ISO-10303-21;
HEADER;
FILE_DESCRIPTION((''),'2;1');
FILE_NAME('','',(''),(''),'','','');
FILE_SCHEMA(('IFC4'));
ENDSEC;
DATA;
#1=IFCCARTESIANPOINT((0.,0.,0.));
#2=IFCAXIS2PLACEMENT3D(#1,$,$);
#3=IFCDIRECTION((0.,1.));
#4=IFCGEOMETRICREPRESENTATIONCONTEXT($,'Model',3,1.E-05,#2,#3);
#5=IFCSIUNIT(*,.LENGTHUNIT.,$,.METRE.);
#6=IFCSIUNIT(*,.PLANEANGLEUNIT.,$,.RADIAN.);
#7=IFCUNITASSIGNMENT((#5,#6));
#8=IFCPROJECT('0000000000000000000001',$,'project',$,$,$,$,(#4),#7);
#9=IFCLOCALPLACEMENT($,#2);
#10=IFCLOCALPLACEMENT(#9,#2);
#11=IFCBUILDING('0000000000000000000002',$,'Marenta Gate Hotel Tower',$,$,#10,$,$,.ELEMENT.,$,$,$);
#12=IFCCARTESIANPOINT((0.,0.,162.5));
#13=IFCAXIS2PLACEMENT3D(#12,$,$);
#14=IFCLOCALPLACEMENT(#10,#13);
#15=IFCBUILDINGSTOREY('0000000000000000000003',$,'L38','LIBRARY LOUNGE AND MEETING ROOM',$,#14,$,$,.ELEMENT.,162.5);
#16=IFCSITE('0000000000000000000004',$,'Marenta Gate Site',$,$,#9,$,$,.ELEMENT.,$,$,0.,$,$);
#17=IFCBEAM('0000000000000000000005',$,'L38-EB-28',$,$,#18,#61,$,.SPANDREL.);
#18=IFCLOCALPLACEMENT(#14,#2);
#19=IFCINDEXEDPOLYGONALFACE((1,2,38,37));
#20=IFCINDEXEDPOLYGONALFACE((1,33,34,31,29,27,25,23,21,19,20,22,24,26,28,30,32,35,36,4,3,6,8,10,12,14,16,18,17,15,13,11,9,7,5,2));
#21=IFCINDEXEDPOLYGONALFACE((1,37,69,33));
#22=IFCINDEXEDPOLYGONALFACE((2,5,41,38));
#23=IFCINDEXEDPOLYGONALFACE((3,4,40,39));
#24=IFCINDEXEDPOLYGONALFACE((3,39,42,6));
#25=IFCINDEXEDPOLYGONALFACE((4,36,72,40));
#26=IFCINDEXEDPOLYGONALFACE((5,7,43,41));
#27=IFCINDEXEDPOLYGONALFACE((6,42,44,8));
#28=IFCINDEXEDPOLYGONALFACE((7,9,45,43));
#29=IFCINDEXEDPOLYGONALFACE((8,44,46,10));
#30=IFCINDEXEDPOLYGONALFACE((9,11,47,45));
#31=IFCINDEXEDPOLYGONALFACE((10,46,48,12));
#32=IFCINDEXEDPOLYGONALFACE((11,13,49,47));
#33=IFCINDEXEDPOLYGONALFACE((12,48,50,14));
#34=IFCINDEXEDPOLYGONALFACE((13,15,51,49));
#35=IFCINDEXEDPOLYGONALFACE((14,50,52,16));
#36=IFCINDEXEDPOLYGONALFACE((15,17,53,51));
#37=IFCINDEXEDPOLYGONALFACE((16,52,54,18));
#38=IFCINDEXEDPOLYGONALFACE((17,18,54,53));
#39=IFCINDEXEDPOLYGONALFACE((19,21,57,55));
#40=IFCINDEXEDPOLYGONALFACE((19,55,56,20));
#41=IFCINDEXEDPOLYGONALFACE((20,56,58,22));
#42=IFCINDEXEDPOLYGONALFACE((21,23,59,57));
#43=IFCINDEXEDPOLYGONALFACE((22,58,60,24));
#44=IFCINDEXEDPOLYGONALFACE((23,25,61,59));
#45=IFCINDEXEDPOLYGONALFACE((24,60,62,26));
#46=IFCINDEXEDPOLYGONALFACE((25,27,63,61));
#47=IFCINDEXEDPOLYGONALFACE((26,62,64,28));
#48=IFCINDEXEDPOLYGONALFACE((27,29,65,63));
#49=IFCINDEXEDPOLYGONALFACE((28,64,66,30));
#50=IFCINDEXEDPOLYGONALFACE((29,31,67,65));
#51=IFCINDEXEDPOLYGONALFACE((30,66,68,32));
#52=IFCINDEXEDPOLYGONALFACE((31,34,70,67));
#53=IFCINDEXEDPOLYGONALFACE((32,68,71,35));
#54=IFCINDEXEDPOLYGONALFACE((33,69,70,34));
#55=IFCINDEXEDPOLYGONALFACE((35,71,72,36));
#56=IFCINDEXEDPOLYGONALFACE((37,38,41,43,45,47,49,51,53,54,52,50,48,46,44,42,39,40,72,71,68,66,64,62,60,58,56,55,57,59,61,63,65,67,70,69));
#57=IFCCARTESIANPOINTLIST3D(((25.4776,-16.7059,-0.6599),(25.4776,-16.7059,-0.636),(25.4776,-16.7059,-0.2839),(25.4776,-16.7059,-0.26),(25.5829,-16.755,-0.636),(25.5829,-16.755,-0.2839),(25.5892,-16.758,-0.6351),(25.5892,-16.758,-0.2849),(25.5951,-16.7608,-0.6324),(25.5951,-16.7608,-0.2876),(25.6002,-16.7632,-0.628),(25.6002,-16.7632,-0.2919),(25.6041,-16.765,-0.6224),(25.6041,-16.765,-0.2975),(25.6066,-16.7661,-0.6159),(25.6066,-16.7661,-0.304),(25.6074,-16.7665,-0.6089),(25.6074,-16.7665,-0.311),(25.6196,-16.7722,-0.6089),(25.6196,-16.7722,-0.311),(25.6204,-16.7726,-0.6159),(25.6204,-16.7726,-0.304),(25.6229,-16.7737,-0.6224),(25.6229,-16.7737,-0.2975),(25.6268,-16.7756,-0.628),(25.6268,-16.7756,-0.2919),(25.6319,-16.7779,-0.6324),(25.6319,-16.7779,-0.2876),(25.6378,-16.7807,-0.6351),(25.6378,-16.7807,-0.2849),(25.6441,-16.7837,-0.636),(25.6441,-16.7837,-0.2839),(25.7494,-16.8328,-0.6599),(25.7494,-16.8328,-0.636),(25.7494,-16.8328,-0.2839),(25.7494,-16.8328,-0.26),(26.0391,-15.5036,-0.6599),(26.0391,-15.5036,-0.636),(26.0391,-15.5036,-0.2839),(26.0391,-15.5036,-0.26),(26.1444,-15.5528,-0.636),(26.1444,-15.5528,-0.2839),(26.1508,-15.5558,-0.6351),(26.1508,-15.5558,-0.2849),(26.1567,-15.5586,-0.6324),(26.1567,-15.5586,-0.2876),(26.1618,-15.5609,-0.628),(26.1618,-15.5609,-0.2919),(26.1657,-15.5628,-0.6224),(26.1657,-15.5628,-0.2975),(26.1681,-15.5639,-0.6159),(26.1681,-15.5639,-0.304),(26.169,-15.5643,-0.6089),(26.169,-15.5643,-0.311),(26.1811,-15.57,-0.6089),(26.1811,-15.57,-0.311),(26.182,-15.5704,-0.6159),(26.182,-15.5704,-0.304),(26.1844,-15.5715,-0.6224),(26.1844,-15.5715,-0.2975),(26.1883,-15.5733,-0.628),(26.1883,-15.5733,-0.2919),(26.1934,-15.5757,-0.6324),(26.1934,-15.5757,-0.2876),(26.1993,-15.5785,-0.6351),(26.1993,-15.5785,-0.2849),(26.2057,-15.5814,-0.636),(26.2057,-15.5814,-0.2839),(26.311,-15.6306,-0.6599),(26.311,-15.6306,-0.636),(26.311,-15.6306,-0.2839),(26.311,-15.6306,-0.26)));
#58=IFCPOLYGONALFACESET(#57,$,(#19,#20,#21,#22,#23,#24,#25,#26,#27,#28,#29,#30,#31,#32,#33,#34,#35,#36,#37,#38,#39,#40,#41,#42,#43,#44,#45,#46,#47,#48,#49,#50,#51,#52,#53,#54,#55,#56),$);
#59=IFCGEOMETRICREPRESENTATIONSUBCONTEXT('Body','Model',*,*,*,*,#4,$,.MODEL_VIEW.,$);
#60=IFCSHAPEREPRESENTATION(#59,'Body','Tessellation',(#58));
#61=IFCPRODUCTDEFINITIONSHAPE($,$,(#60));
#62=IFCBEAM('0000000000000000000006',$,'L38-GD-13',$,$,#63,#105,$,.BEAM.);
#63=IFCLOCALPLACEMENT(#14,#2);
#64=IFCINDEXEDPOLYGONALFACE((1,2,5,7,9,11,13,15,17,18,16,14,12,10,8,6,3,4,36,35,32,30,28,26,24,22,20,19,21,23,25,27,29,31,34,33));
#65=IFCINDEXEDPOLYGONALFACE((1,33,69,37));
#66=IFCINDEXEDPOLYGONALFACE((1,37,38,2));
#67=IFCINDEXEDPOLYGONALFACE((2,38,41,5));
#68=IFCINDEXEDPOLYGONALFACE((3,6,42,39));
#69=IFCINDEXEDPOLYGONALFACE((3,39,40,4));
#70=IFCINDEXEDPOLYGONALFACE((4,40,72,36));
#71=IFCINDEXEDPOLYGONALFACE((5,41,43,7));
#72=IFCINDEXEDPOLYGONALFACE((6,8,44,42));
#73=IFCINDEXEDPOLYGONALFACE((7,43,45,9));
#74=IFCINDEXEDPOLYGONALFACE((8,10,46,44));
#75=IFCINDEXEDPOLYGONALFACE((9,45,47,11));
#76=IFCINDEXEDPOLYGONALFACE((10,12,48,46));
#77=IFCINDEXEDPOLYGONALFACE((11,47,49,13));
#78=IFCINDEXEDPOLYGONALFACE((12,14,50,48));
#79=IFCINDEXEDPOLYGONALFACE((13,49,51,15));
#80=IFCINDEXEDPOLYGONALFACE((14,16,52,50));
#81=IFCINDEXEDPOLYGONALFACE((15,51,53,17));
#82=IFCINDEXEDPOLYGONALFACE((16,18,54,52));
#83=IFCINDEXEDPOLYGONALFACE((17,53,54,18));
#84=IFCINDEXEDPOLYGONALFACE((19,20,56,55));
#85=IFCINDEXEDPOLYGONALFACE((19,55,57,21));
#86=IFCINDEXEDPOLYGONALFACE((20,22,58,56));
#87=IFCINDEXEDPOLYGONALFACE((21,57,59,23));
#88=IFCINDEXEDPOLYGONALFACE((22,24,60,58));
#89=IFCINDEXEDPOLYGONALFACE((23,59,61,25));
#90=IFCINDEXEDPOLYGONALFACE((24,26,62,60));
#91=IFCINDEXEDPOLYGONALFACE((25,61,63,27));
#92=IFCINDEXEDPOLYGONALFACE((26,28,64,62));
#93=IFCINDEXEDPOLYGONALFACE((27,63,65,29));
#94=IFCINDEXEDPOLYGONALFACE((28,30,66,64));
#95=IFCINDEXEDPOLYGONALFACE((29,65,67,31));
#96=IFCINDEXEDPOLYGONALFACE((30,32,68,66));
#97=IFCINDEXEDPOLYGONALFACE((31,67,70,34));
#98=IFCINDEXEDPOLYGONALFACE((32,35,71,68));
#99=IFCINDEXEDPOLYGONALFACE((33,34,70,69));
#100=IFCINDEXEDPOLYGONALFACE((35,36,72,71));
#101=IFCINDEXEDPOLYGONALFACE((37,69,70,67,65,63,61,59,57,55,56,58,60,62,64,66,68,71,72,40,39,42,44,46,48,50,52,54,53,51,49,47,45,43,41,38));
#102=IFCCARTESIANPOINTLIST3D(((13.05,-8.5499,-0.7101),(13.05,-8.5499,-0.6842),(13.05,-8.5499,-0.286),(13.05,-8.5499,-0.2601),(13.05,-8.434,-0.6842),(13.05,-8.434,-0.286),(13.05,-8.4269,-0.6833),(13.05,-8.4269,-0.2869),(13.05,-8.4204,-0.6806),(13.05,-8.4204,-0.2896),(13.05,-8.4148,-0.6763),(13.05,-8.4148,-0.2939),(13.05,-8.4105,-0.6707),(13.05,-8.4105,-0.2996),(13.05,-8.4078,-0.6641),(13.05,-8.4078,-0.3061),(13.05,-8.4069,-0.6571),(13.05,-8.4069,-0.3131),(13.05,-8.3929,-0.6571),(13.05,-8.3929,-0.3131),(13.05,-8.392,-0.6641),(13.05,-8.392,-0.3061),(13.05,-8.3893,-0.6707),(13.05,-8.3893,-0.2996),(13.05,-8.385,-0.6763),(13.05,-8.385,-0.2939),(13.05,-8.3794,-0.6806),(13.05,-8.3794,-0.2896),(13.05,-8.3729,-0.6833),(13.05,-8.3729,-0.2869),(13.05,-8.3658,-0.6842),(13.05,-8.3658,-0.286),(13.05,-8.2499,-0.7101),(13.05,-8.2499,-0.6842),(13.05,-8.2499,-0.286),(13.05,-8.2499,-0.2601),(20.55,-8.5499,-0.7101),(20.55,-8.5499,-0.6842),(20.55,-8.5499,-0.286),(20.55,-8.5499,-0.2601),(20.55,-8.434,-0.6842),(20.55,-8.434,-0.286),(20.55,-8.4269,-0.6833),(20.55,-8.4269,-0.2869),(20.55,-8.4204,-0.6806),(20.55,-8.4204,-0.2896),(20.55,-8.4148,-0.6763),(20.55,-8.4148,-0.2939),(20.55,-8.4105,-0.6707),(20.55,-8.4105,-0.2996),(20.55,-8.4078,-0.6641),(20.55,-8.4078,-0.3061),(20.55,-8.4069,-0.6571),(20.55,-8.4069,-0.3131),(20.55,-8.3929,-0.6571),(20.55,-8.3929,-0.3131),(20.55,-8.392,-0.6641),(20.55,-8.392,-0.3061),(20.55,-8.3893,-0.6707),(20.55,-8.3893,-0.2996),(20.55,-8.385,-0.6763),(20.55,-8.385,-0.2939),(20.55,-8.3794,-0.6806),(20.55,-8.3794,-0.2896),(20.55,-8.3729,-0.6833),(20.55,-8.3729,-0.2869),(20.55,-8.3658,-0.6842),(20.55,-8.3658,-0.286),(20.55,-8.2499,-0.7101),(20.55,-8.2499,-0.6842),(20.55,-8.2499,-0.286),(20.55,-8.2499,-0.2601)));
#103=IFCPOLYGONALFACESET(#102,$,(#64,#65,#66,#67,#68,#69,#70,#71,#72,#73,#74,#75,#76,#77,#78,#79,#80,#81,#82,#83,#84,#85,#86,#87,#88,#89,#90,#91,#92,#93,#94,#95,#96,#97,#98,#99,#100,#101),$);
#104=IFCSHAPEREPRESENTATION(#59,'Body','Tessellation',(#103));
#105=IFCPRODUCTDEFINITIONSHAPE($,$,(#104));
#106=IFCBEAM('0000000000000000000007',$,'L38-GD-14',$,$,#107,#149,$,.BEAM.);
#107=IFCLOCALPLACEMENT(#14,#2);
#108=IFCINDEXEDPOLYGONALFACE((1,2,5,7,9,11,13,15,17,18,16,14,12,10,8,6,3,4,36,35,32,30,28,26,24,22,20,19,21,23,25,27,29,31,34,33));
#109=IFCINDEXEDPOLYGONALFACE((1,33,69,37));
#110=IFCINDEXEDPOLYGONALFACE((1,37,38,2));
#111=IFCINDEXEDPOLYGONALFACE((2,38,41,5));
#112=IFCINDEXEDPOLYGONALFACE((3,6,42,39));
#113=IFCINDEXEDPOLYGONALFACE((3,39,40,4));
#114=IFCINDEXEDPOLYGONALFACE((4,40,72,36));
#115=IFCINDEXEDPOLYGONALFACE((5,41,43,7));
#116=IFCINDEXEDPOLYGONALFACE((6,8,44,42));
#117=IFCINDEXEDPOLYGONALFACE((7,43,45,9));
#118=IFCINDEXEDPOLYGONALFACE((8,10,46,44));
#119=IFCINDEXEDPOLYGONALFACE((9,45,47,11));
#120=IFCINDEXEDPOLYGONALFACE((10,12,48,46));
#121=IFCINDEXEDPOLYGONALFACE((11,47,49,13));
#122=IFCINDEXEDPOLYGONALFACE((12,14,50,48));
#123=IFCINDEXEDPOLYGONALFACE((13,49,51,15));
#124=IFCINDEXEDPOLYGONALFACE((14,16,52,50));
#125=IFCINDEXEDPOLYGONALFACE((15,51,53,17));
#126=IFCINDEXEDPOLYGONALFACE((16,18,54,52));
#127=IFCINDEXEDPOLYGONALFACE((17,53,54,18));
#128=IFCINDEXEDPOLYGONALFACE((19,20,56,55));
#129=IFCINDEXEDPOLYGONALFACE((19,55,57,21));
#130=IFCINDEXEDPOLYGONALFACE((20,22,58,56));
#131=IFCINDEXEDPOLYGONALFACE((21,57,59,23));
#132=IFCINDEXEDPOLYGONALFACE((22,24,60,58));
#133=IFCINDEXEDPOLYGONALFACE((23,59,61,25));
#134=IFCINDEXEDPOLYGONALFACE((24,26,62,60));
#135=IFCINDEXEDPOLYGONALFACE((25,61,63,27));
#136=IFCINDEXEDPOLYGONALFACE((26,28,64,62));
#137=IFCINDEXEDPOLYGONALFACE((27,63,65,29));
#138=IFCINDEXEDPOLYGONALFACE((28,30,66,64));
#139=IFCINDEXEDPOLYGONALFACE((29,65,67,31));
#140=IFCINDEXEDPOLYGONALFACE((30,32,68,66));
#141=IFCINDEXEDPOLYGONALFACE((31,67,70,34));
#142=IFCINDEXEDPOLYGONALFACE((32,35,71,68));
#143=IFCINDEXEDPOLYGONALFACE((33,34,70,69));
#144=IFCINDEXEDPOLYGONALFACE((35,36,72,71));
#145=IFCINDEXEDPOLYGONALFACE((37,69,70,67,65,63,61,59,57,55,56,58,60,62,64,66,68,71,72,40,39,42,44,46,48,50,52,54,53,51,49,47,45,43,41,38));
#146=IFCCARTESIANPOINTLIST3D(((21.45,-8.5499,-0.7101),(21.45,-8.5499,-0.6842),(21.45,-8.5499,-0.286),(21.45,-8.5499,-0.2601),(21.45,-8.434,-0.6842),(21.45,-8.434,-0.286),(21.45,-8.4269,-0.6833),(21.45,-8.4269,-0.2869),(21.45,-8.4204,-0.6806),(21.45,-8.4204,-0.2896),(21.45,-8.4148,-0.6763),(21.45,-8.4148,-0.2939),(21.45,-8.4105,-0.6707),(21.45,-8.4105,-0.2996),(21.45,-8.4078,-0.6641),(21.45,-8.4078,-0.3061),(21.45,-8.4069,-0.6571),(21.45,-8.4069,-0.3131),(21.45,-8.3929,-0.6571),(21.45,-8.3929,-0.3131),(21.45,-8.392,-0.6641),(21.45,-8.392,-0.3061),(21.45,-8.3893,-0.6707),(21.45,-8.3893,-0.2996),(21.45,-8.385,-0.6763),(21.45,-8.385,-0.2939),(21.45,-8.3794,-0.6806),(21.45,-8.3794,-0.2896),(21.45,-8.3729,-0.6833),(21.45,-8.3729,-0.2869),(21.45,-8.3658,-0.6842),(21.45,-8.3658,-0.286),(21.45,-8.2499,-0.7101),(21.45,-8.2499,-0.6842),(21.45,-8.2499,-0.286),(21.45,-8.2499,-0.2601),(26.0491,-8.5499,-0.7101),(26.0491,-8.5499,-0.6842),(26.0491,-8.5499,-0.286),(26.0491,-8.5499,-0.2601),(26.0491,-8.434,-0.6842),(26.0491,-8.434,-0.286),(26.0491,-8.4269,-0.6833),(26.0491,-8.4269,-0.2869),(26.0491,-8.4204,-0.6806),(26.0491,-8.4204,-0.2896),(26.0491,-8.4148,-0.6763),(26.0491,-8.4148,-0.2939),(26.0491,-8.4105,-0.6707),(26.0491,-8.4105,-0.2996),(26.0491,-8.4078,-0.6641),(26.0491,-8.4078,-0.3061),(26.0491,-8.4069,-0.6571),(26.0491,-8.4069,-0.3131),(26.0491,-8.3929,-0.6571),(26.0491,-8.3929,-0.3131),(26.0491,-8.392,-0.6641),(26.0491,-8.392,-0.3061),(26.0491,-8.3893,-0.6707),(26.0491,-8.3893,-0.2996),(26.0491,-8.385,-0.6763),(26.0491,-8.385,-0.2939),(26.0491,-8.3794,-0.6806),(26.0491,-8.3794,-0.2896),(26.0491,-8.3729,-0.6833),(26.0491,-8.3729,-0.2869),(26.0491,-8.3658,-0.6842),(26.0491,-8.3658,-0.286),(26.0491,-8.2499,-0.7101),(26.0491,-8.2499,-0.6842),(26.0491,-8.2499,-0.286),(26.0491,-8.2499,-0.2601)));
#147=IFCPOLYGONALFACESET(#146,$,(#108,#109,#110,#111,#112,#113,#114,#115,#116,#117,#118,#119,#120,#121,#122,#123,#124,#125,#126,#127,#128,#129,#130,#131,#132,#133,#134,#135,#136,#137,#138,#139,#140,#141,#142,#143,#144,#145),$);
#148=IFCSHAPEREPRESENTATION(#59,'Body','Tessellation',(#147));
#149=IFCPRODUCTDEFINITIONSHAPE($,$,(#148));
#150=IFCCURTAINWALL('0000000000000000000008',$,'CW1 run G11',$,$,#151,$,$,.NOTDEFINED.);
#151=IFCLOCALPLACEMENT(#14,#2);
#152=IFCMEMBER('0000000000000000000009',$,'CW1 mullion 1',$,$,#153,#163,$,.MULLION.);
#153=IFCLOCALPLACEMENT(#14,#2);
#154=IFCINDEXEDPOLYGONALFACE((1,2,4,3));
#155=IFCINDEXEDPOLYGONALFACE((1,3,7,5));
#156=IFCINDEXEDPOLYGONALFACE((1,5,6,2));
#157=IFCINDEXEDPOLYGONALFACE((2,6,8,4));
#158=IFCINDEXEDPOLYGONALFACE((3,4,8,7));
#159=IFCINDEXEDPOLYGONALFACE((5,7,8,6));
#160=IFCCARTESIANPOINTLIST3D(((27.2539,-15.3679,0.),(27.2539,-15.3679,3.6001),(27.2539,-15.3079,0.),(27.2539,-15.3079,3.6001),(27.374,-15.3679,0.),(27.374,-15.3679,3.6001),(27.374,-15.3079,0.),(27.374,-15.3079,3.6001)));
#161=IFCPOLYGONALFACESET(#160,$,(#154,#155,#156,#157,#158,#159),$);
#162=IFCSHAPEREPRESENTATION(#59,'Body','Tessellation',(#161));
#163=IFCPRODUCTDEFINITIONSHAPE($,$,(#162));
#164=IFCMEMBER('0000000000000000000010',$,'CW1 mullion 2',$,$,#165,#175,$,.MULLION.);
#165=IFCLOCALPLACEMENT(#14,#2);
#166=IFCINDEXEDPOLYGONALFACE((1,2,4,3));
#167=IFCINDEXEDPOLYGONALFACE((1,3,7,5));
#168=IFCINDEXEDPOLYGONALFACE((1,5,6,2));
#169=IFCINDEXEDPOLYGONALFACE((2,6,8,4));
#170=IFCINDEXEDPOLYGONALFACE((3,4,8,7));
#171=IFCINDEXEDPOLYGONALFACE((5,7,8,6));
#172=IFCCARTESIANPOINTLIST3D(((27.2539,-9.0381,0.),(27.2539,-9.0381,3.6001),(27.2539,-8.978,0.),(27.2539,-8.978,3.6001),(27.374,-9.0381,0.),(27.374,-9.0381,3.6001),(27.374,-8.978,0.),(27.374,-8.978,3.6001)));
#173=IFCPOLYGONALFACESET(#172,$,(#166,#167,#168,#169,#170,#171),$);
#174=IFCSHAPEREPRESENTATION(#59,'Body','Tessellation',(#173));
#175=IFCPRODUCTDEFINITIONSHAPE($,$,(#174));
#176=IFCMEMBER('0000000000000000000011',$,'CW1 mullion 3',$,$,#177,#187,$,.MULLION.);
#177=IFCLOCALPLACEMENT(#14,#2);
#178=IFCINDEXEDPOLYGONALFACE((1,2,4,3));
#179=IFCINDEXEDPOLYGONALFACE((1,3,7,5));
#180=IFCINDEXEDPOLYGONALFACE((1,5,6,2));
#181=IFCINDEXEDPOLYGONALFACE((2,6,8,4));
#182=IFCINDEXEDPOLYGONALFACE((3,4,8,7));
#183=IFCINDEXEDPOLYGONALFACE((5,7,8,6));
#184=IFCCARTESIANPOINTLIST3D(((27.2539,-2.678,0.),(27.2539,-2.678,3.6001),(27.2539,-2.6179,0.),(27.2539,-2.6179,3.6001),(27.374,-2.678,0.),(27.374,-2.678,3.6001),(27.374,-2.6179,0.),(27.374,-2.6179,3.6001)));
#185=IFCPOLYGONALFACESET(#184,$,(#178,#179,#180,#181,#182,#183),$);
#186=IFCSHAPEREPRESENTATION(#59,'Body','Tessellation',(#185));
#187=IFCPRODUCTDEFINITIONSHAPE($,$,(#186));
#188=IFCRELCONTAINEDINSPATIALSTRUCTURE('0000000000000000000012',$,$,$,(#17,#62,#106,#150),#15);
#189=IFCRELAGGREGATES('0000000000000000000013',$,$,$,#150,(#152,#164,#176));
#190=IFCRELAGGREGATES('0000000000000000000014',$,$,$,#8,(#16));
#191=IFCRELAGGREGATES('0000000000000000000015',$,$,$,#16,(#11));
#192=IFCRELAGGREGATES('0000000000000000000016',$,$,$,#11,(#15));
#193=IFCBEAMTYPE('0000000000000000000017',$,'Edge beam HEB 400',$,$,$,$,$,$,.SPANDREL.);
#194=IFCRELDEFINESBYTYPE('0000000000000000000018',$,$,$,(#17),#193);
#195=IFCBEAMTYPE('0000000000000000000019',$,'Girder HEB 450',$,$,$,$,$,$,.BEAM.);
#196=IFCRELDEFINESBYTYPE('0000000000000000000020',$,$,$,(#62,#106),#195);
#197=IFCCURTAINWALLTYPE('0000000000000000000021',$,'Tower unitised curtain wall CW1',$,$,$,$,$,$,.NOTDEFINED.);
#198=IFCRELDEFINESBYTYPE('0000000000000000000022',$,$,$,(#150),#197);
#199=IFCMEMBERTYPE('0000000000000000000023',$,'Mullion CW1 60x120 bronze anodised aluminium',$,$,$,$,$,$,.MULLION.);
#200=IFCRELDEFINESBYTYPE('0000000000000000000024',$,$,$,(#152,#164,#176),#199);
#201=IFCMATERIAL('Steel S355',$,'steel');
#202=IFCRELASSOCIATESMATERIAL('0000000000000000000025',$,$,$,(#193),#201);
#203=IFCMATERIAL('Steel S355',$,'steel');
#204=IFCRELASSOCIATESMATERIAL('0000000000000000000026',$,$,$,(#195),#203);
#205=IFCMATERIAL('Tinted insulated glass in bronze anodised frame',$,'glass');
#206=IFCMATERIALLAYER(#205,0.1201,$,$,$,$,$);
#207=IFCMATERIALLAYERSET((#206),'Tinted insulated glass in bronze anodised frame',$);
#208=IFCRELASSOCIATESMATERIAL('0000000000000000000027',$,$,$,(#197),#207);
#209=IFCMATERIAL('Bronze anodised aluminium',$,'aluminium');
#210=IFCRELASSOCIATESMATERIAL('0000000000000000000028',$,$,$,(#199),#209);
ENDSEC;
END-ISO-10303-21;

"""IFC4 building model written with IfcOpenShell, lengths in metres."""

from ifc_helpers import new_model, si_unit, direction, frame, origin, origin_2d, place, context, subcontext, project, spatial, rectangle, i_section, extrude, material, layer, layer_set, material_profile, profile_set, type_object, element, aggregate, save


model = new_model("IFC4")

# Units and contexts
model_context = context("Model", 3, precision=1e-05, world=origin(), true_north=direction((0.0, 1.0)))
body_context = subcontext(model_context, "Body", "Model", "MODEL_VIEW")
ifc_project = project(units=[si_unit("LENGTHUNIT", "METRE"), si_unit("PLANEANGLEUNIT", "RADIAN")], contexts=[model_context])

# Site, building, storey
site_placement = place(None, origin())
site = spatial("IfcSite", under=ifc_project, at=site_placement, Name="Marenta Gate Site", CompositionType="ELEMENT", RefElevation=0.0)
building_placement = place(site_placement, origin())
building = spatial("IfcBuilding", under=site, at=building_placement, Name="Marenta Gate Hotel Tower", CompositionType="ELEMENT")
storey_placement = place(building_placement, frame((0.0, 0.0, 162.5)))
storey = spatial("IfcBuildingStorey", under=building, at=storey_placement, Name="L38", Description="LIBRARY LOUNGE AND MEETING ROOM", CompositionType="ELEMENT", Elevation=162.5)

# Beams
ifc_material_1 = material(Name="Steel S355", Category="steel")
ifc_material_profile_1 = material_profile(ifc_material_1, i_section(OverallWidth=0.3, OverallDepth=0.3999, WebThickness=0.0134, FlangeThickness=0.0239, FilletRadius=0.0271, at=origin_2d()), Name="HEB 400")
ifc_profile_set_1 = profile_set([ifc_material_profile_1], Name="Steel S355")
beam_type_1 = type_object("IfcBeamType", Name="Edge beam HEB 400", PredefinedType="SPANDREL", material=ifc_profile_set_1)
beam_1_placement = place(storey_placement, frame((26.175, -15.5671, -0.46), z_axis=(-0.423208, -0.906033, 0.0), x_axis=(0.906033, -0.423208, 0.0)))
element("IfcBeam", 1, at=beam_1_placement, inside=storey, type_object=beam_type_1, Name="L38-EB-28", PredefinedType="SPANDREL", context=body_context, shape_type="SweptSolid", body=[
    extrude(i_section(OverallWidth=0.3, OverallDepth=0.3999, WebThickness=0.0134, FlangeThickness=0.0239, FilletRadius=0.0271, at=origin_2d()), origin(), (0.0, 0.0, 1.0), 1.3269),
])
ifc_material_2 = material(Name="Steel S355", Category="steel")
ifc_material_profile_2 = material_profile(ifc_material_2, i_section(OverallWidth=0.3, OverallDepth=0.45, WebThickness=0.0139, FlangeThickness=0.0259, FilletRadius=0.0271, at=origin_2d()), Name="HEB 450")
ifc_profile_set_2 = profile_set([ifc_material_profile_2], Name="Steel S355")
beam_type_2 = type_object("IfcBeamType", Name="Girder HEB 450", PredefinedType="BEAM", material=ifc_profile_set_2)
beam_2_placement = place(storey_placement, frame((13.05, -8.3999, -0.4851), z_axis=(1.0, 0.0, 0.0), x_axis=(0.0, 1.0, 0.0)))
element("IfcBeam", 2, at=beam_2_placement, inside=storey, type_object=beam_type_2, Name="L38-GD-13", PredefinedType="BEAM", context=body_context, shape_type="SweptSolid", body=[
    extrude(i_section(OverallWidth=0.3, OverallDepth=0.45, WebThickness=0.0139, FlangeThickness=0.0259, FilletRadius=0.0271, at=origin_2d()), origin(), (0.0, 0.0, 1.0), 7.5),
])
beam_3_placement = place(storey_placement, frame((21.45, -8.3999, -0.4851), z_axis=(1.0, 0.0, 0.0), x_axis=(0.0, 1.0, 0.0)))
element("IfcBeam", 3, at=beam_3_placement, inside=storey, type_object=beam_type_2, Name="L38-GD-14", PredefinedType="BEAM", context=body_context, shape_type="SweptSolid", body=[
    extrude(i_section(OverallWidth=0.3, OverallDepth=0.45, WebThickness=0.0139, FlangeThickness=0.0259, FilletRadius=0.0271, at=origin_2d()), origin(), (0.0, 0.0, 1.0), 4.5991),
])

# Curtain wall, members
ifc_material_3 = material(Name="Tinted insulated glass in bronze anodised frame", Category="glass")
ifc_layer_1 = layer(ifc_material_3, 0.1201)
ifc_layer_set_1 = layer_set([ifc_layer_1], Name="Tinted insulated glass in bronze anodised frame")
curtain_wall_type = type_object("IfcCurtainWallType", Name="Tower unitised curtain wall CW1", PredefinedType="NOTDEFINED", material=ifc_layer_set_1)
curtain_wall_placement = place(storey_placement, origin())
curtain_wall = element("IfcCurtainWall", 4, at=curtain_wall_placement, inside=storey, type_object=curtain_wall_type, Name="CW1 run G11", PredefinedType="NOTDEFINED")
ifc_material_4 = material(Name="Bronze anodised aluminium", Category="aluminium")
ifc_material_profile_3 = material_profile(ifc_material_4, rectangle(XDim=0.1201, YDim=0.0601, at=origin_2d()), Name="Mullion CW1 60x120 bronze anodised aluminium")
ifc_profile_set_3 = profile_set([ifc_material_profile_3], Name="Bronze anodised aluminium")
member_type_1 = type_object("IfcMemberType", Name="Mullion CW1 60x120 bronze anodised aluminium", PredefinedType="MULLION", material=ifc_profile_set_3)
member_1_placement = place(storey_placement, frame((27.314, -15.3379, 0.0), z_axis=(0.0, 0.0, 1.0), x_axis=(-1.0, 0.0, 0.0)))
member_1 = element("IfcMember", 5, at=member_1_placement, type_object=member_type_1, Name="CW1 mullion 1", PredefinedType="MULLION", context=body_context, shape_type="SweptSolid", body=[
    extrude(rectangle(XDim=0.1201, YDim=0.0601, at=origin_2d()), origin(), (0.0, 0.0, 1.0), 3.6001),
])
member_2_placement = place(storey_placement, frame((27.314, -9.0081, 0.0), z_axis=(0.0, 0.0, 1.0), x_axis=(-1.0, 0.0, 0.0)))
member_2 = element("IfcMember", 6, at=member_2_placement, type_object=member_type_1, Name="CW1 mullion 2", PredefinedType="MULLION", context=body_context, shape_type="SweptSolid", body=[
    extrude(rectangle(XDim=0.1201, YDim=0.0601, at=origin_2d()), origin(), (0.0, 0.0, 1.0), 3.6001),
])
member_3_placement = place(storey_placement, frame((27.314, -2.6479, 0.0), z_axis=(0.0, 0.0, 1.0), x_axis=(-1.0, 0.0, 0.0)))
member_3 = element("IfcMember", 7, at=member_3_placement, type_object=member_type_1, Name="CW1 mullion 3", PredefinedType="MULLION", context=body_context, shape_type="SweptSolid", body=[
    extrude(rectangle(XDim=0.1201, YDim=0.0601, at=origin_2d()), origin(), (0.0, 0.0, 1.0), 3.6001),
])
aggregate(curtain_wall, [member_1, member_2, member_3])

save(model, "model.ifc")
